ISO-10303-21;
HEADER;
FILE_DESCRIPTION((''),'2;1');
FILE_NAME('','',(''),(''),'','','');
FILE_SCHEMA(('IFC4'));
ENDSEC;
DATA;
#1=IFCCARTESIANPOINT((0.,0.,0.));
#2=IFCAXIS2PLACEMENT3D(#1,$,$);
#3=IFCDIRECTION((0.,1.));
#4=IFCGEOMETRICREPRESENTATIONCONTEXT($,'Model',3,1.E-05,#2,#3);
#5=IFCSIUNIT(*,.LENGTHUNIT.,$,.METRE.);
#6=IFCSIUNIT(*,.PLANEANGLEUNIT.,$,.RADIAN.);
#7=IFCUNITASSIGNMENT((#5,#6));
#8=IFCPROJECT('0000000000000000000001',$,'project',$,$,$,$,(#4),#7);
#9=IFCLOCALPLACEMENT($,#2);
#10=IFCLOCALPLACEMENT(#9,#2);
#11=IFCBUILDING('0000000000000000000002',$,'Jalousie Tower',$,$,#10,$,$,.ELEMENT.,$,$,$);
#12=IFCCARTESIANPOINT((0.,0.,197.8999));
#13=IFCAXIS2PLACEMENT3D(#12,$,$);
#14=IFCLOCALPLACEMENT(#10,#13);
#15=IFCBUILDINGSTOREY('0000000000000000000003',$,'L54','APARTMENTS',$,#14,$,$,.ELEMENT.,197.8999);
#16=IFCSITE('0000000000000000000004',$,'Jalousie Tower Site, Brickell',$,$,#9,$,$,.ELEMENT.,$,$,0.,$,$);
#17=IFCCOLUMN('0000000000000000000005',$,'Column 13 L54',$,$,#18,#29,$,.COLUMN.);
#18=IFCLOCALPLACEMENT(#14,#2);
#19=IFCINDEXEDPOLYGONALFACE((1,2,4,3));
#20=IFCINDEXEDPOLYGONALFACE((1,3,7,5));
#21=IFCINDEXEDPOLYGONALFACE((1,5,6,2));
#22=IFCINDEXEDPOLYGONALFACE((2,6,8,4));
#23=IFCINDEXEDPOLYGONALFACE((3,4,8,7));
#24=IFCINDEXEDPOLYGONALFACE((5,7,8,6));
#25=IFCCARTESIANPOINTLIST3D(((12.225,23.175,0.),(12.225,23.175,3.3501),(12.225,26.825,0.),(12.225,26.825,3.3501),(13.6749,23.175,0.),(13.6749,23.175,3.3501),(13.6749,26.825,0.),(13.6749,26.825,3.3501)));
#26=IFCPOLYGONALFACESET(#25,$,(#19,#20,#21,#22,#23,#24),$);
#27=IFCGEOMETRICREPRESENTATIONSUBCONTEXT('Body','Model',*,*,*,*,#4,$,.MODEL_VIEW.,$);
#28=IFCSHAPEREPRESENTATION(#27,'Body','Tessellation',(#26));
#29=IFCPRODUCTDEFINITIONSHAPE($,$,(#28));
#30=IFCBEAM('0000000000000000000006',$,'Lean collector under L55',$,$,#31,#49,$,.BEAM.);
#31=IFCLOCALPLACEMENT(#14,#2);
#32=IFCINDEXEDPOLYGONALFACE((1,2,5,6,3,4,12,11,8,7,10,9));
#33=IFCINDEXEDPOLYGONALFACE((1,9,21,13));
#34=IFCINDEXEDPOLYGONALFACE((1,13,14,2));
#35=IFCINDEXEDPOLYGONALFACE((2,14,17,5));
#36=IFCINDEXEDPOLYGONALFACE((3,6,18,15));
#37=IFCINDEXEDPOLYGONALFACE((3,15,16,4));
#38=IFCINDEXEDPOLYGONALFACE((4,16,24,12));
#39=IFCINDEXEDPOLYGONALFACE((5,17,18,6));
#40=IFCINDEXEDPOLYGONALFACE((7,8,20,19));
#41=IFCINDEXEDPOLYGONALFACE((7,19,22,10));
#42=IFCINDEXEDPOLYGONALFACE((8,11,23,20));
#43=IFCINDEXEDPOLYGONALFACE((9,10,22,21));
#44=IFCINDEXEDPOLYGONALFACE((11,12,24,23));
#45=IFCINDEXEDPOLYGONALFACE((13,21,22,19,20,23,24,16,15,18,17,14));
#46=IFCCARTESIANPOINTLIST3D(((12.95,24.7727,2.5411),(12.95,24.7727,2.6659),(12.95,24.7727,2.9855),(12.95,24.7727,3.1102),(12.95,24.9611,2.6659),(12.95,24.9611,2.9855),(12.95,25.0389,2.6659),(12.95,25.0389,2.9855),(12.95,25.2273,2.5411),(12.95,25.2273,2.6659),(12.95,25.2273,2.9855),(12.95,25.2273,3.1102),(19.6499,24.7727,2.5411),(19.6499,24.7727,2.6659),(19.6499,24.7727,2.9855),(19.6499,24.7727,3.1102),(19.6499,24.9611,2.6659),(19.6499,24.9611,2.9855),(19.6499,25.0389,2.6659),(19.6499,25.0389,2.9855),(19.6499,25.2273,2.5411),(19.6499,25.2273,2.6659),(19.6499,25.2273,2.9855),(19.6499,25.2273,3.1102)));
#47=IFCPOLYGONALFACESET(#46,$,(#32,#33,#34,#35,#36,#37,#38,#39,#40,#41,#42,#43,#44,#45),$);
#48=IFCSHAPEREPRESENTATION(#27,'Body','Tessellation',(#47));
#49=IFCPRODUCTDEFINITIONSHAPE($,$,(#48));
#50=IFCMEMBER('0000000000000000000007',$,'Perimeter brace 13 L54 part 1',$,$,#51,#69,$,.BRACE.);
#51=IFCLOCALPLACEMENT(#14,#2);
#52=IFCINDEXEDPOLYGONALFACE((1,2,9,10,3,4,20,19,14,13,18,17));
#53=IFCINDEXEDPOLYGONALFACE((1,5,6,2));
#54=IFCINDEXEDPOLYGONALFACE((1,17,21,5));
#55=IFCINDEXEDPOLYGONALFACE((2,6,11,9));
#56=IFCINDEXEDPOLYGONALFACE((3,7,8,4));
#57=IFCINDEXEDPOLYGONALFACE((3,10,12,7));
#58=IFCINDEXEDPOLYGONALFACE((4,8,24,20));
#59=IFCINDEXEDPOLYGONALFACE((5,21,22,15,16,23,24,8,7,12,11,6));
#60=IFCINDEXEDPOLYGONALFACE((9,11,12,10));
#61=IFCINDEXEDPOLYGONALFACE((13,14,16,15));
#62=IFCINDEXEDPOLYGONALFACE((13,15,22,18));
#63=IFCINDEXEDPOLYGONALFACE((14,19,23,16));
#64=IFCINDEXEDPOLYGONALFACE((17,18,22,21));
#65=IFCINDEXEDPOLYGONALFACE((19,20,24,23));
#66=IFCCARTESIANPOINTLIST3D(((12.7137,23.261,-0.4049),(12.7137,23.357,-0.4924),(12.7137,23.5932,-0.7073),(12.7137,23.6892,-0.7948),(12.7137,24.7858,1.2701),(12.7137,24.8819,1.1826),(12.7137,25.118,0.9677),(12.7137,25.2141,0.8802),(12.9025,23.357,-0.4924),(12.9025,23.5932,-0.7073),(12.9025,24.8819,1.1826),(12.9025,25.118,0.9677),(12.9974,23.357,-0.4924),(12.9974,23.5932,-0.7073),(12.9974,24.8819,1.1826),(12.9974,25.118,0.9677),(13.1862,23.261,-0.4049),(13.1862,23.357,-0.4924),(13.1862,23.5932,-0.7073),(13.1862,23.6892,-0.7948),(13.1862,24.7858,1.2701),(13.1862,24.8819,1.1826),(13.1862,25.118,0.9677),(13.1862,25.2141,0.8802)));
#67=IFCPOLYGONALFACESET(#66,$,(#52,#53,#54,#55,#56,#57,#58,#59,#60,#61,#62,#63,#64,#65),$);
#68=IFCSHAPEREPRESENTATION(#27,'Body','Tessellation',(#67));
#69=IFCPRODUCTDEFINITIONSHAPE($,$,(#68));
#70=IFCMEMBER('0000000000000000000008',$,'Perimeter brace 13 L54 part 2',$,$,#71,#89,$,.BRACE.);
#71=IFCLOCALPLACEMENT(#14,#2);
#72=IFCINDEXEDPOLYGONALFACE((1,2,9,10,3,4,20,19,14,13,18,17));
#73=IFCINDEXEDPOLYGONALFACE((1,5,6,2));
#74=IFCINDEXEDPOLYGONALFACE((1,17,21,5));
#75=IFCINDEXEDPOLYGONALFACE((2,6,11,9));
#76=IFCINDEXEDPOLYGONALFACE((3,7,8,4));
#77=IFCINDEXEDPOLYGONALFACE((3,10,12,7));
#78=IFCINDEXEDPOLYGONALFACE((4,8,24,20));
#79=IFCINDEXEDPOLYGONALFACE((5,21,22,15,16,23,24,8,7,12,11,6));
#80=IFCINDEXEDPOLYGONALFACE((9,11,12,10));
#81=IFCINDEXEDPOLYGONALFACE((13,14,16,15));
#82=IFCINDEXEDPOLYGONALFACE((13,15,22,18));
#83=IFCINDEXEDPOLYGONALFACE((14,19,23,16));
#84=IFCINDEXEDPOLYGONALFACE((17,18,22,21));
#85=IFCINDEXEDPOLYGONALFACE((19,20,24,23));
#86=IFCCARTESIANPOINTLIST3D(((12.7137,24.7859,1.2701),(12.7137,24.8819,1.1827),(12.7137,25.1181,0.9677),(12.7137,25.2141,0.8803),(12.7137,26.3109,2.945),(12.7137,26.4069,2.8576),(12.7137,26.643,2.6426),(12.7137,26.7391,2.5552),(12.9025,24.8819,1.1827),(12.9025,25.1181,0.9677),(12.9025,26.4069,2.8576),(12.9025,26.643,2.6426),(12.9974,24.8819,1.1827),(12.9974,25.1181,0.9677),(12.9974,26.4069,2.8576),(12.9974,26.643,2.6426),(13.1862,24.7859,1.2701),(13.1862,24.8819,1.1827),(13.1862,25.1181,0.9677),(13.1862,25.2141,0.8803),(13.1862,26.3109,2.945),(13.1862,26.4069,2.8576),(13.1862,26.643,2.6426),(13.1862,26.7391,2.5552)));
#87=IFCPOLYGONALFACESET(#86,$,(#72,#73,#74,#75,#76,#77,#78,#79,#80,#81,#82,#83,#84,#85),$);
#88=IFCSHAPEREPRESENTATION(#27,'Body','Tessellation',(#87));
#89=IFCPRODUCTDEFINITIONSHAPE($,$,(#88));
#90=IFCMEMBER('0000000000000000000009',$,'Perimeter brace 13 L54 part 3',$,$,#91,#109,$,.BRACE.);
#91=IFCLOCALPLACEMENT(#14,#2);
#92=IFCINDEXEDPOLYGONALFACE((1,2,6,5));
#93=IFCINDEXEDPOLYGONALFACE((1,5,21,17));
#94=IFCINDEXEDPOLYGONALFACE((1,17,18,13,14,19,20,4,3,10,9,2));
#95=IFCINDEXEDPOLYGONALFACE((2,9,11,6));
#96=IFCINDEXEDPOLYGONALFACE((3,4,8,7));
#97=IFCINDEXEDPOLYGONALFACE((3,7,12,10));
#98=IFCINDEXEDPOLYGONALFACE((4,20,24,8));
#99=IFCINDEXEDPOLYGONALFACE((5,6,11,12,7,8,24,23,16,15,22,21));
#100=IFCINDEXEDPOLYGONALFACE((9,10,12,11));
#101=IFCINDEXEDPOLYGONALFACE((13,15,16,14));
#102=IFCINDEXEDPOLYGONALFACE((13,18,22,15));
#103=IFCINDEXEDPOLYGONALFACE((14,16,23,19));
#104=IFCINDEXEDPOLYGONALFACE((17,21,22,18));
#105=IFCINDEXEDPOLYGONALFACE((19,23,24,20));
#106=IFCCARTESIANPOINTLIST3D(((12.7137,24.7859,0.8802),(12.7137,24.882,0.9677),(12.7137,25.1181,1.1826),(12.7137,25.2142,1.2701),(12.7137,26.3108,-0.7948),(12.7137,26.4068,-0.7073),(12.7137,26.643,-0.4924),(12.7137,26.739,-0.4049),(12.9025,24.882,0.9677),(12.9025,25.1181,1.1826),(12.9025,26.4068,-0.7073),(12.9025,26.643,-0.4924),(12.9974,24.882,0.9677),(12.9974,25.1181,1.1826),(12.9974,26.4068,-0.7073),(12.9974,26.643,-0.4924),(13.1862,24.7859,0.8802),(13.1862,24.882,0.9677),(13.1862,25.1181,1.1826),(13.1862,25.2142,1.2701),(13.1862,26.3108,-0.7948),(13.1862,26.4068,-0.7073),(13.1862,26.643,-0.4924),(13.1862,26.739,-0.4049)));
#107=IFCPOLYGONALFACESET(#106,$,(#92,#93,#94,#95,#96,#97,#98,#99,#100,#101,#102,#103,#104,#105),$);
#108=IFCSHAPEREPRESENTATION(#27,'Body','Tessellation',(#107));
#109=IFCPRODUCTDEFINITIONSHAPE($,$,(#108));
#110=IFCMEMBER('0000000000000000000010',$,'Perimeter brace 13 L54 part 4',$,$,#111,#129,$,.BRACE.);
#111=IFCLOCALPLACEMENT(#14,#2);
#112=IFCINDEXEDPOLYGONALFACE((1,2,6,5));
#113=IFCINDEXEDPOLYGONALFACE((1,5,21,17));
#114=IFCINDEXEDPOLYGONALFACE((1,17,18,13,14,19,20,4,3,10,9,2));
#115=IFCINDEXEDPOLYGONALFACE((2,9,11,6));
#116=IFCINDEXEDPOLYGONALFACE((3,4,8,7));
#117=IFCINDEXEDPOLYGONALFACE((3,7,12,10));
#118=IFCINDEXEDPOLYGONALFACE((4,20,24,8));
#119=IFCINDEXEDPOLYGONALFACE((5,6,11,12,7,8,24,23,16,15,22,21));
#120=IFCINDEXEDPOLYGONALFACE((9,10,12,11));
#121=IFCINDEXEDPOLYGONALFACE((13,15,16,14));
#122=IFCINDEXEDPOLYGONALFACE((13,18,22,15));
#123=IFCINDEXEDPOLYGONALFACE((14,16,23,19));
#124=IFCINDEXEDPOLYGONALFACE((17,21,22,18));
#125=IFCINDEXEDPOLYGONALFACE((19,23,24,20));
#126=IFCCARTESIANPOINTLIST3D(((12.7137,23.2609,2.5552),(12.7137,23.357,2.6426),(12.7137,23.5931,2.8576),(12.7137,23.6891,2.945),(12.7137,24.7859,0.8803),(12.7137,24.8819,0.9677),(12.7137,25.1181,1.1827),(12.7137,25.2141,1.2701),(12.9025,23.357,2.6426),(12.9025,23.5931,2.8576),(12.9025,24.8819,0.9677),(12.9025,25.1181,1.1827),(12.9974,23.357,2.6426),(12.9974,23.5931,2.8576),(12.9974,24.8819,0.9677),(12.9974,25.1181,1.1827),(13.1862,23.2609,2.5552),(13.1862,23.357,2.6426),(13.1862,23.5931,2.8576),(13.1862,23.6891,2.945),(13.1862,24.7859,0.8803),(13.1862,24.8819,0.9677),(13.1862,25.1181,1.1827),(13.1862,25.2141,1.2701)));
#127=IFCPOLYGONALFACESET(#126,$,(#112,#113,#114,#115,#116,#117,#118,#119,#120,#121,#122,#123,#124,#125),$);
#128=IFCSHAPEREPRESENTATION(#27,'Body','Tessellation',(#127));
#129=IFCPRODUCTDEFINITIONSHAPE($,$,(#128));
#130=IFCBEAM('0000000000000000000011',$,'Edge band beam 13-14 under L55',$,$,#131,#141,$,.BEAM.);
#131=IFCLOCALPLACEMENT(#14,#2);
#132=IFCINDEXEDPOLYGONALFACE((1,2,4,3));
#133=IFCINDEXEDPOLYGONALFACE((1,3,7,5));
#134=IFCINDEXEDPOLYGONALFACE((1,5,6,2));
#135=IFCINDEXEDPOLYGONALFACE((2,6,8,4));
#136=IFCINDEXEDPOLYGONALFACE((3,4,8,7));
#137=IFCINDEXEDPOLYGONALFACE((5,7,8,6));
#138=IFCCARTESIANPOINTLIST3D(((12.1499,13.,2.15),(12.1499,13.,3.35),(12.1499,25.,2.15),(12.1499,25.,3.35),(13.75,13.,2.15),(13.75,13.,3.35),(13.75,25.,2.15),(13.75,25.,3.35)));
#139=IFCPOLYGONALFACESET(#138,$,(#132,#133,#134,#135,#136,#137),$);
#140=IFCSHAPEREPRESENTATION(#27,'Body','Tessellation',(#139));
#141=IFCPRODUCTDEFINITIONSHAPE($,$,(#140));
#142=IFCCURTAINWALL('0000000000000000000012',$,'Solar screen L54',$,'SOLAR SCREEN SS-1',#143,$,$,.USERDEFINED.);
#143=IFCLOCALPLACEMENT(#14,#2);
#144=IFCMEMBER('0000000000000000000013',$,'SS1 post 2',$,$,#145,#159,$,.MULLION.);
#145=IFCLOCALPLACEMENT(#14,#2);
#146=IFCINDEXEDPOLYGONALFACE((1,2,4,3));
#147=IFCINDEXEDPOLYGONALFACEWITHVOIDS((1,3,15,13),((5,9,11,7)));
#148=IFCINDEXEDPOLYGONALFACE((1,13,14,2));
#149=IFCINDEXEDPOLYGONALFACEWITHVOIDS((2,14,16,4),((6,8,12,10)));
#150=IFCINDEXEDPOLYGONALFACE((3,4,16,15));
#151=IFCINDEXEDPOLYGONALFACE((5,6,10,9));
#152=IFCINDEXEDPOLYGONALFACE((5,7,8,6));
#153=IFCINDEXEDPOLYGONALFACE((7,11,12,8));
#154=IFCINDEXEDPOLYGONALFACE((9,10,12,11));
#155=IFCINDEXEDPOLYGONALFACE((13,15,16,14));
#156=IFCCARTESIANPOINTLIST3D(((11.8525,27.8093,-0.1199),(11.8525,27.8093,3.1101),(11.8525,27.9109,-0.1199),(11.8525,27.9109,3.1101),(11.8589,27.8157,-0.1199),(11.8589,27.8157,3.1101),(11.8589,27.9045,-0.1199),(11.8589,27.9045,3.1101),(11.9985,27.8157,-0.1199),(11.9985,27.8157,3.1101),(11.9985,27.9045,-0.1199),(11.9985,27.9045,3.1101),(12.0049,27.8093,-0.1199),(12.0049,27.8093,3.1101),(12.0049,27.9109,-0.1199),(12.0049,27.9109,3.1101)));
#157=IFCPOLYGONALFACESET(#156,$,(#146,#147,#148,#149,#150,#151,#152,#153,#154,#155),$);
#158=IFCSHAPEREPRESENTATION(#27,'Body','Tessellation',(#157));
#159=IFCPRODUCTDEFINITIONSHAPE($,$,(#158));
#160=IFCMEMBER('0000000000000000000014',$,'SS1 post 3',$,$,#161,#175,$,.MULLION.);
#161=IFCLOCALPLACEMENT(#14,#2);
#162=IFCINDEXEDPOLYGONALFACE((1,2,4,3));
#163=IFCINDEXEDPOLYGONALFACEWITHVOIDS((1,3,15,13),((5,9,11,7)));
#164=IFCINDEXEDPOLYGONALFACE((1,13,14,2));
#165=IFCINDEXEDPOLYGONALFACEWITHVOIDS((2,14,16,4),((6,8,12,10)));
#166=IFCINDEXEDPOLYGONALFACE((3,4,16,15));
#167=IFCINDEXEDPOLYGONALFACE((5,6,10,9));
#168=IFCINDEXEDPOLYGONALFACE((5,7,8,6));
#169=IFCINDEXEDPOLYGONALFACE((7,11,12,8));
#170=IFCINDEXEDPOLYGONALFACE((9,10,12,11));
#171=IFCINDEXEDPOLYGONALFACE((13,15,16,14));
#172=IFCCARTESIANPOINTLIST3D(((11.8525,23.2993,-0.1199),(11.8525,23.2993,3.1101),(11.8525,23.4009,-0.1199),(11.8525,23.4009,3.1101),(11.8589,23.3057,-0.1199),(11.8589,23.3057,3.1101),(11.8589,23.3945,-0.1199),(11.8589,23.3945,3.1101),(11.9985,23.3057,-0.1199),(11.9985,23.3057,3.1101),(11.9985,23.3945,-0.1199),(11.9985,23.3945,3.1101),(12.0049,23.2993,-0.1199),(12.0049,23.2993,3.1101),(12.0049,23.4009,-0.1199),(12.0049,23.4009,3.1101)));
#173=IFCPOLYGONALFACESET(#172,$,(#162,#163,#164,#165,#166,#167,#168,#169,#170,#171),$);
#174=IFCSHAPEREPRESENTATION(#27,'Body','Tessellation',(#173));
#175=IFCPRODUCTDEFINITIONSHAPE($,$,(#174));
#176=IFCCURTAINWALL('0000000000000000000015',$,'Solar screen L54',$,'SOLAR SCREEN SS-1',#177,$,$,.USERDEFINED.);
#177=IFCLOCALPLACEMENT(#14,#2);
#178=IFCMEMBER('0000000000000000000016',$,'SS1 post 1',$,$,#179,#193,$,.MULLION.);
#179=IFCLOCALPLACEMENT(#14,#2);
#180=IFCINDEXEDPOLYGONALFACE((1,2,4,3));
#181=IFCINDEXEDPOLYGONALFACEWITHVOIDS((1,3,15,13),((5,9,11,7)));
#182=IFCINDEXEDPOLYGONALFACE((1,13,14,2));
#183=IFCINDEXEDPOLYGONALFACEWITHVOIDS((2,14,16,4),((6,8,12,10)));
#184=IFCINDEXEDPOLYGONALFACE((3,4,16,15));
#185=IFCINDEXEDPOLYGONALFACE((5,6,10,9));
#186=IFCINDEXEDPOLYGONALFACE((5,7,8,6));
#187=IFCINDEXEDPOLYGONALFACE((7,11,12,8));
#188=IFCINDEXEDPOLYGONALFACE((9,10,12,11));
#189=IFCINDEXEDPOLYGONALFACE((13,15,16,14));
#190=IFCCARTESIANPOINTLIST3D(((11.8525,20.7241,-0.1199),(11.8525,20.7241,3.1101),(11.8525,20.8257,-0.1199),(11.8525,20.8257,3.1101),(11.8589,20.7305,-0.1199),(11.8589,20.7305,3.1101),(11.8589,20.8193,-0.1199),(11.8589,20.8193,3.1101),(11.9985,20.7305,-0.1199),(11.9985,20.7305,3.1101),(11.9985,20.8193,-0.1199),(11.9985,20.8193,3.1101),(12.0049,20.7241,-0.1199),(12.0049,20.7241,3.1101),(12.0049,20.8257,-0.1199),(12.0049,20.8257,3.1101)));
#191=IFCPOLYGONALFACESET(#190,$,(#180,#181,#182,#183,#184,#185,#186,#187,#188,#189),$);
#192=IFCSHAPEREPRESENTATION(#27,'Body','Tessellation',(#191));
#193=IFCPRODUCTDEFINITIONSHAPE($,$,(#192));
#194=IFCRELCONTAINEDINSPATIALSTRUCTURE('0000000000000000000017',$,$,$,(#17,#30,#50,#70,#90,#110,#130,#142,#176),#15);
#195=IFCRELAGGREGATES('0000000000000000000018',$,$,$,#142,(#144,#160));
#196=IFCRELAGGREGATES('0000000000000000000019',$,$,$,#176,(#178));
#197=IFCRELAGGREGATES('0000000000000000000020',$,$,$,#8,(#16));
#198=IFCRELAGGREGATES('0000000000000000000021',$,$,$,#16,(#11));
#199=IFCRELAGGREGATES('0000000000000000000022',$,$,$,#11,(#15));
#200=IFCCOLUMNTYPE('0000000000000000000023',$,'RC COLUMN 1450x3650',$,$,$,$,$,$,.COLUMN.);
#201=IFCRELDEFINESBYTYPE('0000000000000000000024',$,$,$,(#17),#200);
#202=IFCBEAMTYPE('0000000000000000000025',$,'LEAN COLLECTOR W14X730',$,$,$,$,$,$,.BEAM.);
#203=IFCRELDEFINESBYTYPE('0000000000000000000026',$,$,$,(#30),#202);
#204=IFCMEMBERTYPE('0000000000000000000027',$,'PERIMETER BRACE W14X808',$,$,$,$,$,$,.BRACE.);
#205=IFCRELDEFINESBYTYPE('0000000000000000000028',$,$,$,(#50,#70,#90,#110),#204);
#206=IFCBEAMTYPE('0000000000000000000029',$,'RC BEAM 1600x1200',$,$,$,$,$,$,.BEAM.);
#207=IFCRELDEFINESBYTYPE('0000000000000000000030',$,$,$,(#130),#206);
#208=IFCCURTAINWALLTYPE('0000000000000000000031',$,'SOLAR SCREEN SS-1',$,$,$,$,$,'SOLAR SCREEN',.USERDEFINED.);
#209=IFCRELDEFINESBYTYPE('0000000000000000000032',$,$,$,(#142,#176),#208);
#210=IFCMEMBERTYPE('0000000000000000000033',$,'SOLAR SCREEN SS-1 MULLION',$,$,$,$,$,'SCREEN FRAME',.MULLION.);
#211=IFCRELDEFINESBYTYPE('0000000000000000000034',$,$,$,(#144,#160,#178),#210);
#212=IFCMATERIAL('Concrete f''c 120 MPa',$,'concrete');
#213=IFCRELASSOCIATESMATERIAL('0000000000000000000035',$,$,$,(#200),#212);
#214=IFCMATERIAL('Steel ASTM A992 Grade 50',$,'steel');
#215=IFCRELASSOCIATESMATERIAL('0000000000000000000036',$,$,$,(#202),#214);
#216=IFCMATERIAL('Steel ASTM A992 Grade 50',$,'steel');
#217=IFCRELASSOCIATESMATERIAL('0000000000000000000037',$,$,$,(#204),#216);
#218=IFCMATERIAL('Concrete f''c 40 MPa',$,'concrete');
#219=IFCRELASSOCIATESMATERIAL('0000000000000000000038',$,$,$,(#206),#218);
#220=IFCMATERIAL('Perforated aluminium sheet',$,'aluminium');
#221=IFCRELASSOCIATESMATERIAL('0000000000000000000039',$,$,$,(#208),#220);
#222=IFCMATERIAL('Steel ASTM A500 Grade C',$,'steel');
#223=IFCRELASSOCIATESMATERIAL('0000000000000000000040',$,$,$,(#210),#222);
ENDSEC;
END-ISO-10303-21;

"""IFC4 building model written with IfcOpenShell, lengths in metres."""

from ifc_helpers import new_model, si_unit, direction, frame, origin, origin_2d, place, context, subcontext, project, spatial, rectangle, hollow_rectangle, i_section, extrude, material, material_profile, profile_set, type_object, element, aggregate, save


model = new_model("IFC4")

# Units and contexts
model_context = context("Model", 3, precision=1e-05, world=origin(), true_north=direction((0.0, 1.0)))
body_context = subcontext(model_context, "Body", "Model", "MODEL_VIEW")
ifc_project = project(units=[si_unit("LENGTHUNIT", "METRE"), si_unit("PLANEANGLEUNIT", "RADIAN")], contexts=[model_context])

# Site, building, storey
site_placement = place(None, origin())
site = spatial("IfcSite", under=ifc_project, at=site_placement, Name="Jalousie Tower Site, Brickell", CompositionType="ELEMENT", RefElevation=0.0)
building_placement = place(site_placement, origin())
building = spatial("IfcBuilding", under=site, at=building_placement, Name="Jalousie Tower", CompositionType="ELEMENT")
storey_placement = place(building_placement, frame((0.0, 0.0, 197.8999)))
storey = spatial("IfcBuildingStorey", under=building, at=storey_placement, Name="L54", Description="APARTMENTS", CompositionType="ELEMENT", Elevation=197.8999)

# Column
ifc_material_1 = material(Name="Concrete f'c 120 MPa", Category="concrete")
ifc_material_profile_1 = material_profile(ifc_material_1, rectangle(XDim=1.45, YDim=3.6499, at=origin_2d()), Name="RC 1450x3650")
ifc_profile_set_1 = profile_set([ifc_material_profile_1], Name="Concrete f'c 120 MPa")
column_type = type_object("IfcColumnType", Name="RC COLUMN 1450x3650", PredefinedType="COLUMN", material=ifc_profile_set_1)
column_placement = place(storey_placement, frame((12.95, 25.0, 0.0), z_axis=(0.0, 0.0, 1.0), x_axis=(1.0, 0.0, 0.0)))
element("IfcColumn", 1, at=column_placement, inside=storey, type_object=column_type, Name="Column 13 L54", PredefinedType="COLUMN", context=body_context, shape_type="SweptSolid", body=[
    extrude(rectangle(XDim=1.45, YDim=3.6499, at=origin_2d()), origin(), (0.0, 0.0, 1.0), 3.3501),
])

# Beam
ifc_material_2 = material(Name="Steel ASTM A992 Grade 50", Category="steel")
ifc_material_profile_2 = material_profile(ifc_material_2, i_section(OverallWidth=0.4546, OverallDepth=0.5691, WebThickness=0.0779, FlangeThickness=0.1248, at=origin_2d()), Name="W14X730")
ifc_profile_set_2 = profile_set([ifc_material_profile_2], Name="Steel ASTM A992 Grade 50")
beam_type_1 = type_object("IfcBeamType", Name="LEAN COLLECTOR W14X730", PredefinedType="BEAM", material=ifc_profile_set_2)
beam_1_placement = place(storey_placement, frame((12.95, 25.0, 2.8257), z_axis=(1.0, 0.0, 0.0), x_axis=(0.0, 1.0, 0.0)))
element("IfcBeam", 2, at=beam_1_placement, inside=storey, type_object=beam_type_1, Name="Lean collector under L55", PredefinedType="BEAM", context=body_context, shape_type="SweptSolid", body=[
    extrude(i_section(OverallWidth=0.4546, OverallDepth=0.5691, WebThickness=0.0779, FlangeThickness=0.1248, at=origin_2d()), origin(), (0.0, 0.0, 1.0), 6.7),
])

# Members
ifc_material_3 = material(Name="Steel ASTM A992 Grade 50", Category="steel")
ifc_material_profile_3 = material_profile(ifc_material_3, i_section(OverallWidth=0.4724, OverallDepth=0.5791, WebThickness=0.095, FlangeThickness=0.1299, at=origin_2d()), Name="W14X808")
ifc_profile_set_3 = profile_set([ifc_material_profile_3], Name="Steel ASTM A992 Grade 50")
member_type_1 = type_object("IfcMemberType", Name="PERIMETER BRACE W14X808", PredefinedType="BRACE", material=ifc_profile_set_3)
for number, where, z_axis, x_axis, name in (
    (3, (12.95, 23.4751, -0.5999), (0.0, 0.673188, 0.739472), (-1.0, 0.0, 0.0), "Perimeter brace 13 L54 part 1"),
    (4, (12.95, 25.0, 1.0752), (0.0, 0.673241, 0.739423), (-1.0, 0.0, 0.0), "Perimeter brace 13 L54 part 2"),
    (5, (12.95, 26.5249, -0.5999), (0.0, -0.673188, 0.739472), (1.0, 0.0, 0.0), "Perimeter brace 13 L54 part 3"),
    (6, (12.95, 25.0, 1.0752), (0.0, -0.673241, 0.739423), (1.0, 0.0, 0.0), "Perimeter brace 13 L54 part 4"),
):
    element("IfcMember", number, at=place(storey_placement, frame(where, z_axis=z_axis, x_axis=x_axis)), inside=storey, type_object=member_type_1, Name=name, PredefinedType="BRACE", context=body_context, shape_type="SweptSolid", body=[
        extrude(i_section(OverallWidth=0.4724, OverallDepth=0.5791, WebThickness=0.095, FlangeThickness=0.1299, at=origin_2d()), origin(), (0.0, 0.0, 1.0), 2.2651),
    ])

# Beam
ifc_material_4 = material(Name="Concrete f'c 40 MPa", Category="concrete")
ifc_material_profile_4 = material_profile(ifc_material_4, rectangle(XDim=1.6001, YDim=1.2, at=origin_2d()), Name="RC 1600x1200")
ifc_profile_set_4 = profile_set([ifc_material_profile_4], Name="Concrete f'c 40 MPa")
beam_type_2 = type_object("IfcBeamType", Name="RC BEAM 1600x1200", PredefinedType="BEAM", material=ifc_profile_set_4)
beam_2_placement = place(storey_placement, frame((12.95, 25.0, 2.75), z_axis=(0.0, -1.0, 0.0), x_axis=(1.0, 0.0, 0.0)))
element("IfcBeam", 7, at=beam_2_placement, inside=storey, type_object=beam_type_2, Name="Edge band beam 13-14 under L55", PredefinedType="BEAM", context=body_context, shape_type="SweptSolid", body=[
    extrude(rectangle(XDim=1.6001, YDim=1.2, at=origin_2d()), origin(), (0.0, 0.0, 1.0), 12.0),
])

# Curtain walls, members
ifc_material_5 = material(Name="Perforated aluminium sheet", Category="aluminium")
curtain_wall_type = type_object("IfcCurtainWallType", Name="SOLAR SCREEN SS-1", ElementType="SOLAR SCREEN", PredefinedType="USERDEFINED", material=ifc_material_5)
curtain_wall_1_placement = place(storey_placement, origin())
curtain_wall_1 = element("IfcCurtainWall", 8, at=curtain_wall_1_placement, inside=storey, type_object=curtain_wall_type, Name="Solar screen L54", ObjectType="SOLAR SCREEN SS-1", PredefinedType="USERDEFINED")
ifc_material_6 = material(Name="Steel ASTM A500 Grade C", Category="steel")
ifc_material_profile_5 = material_profile(ifc_material_6, hollow_rectangle(XDim=0.1016, YDim=0.1523, WallThickness=0.0063, at=origin_2d()), Name="HSS6X4X1/4")
ifc_profile_set_5 = profile_set([ifc_material_profile_5], Name="Steel ASTM A500 Grade C")
member_type_2 = type_object("IfcMemberType", Name="SOLAR SCREEN SS-1 MULLION", ElementType="SCREEN FRAME", PredefinedType="MULLION", material=ifc_profile_set_5)
member_1_placement = place(storey_placement, frame((11.9287, 27.8601, -0.1199), z_axis=(0.0, 0.0, 1.0), x_axis=(0.0, -1.0, 0.0)))
member_1 = element("IfcMember", 9, at=member_1_placement, type_object=member_type_2, Name="SS1 post 2", PredefinedType="MULLION", context=body_context, shape_type="SweptSolid", body=[
    extrude(hollow_rectangle(XDim=0.1016, YDim=0.1523, WallThickness=0.0063, at=origin_2d()), origin(), (0.0, 0.0, 1.0), 3.23),
])
member_2_placement = place(storey_placement, frame((11.9287, 23.3501, -0.1199), z_axis=(0.0, 0.0, 1.0), x_axis=(0.0, -1.0, 0.0)))
member_2 = element("IfcMember", 10, at=member_2_placement, type_object=member_type_2, Name="SS1 post 3", PredefinedType="MULLION", context=body_context, shape_type="SweptSolid", body=[
    extrude(hollow_rectangle(XDim=0.1016, YDim=0.1523, WallThickness=0.0063, at=origin_2d()), origin(), (0.0, 0.0, 1.0), 3.23),
])
curtain_wall_2_placement = place(storey_placement, origin())
curtain_wall_2 = element("IfcCurtainWall", 11, at=curtain_wall_2_placement, inside=storey, type_object=curtain_wall_type, Name="Solar screen L54", ObjectType="SOLAR SCREEN SS-1", PredefinedType="USERDEFINED")
member_3_placement = place(storey_placement, frame((11.9287, 20.7749, -0.1199), z_axis=(0.0, 0.0, 1.0), x_axis=(0.0, -1.0, 0.0)))
member_3 = element("IfcMember", 12, at=member_3_placement, type_object=member_type_2, Name="SS1 post 1", PredefinedType="MULLION", context=body_context, shape_type="SweptSolid", body=[
    extrude(hollow_rectangle(XDim=0.1016, YDim=0.1523, WallThickness=0.0063, at=origin_2d()), origin(), (0.0, 0.0, 1.0), 3.23),
])

aggregate(curtain_wall_1, [member_1, member_2])
aggregate(curtain_wall_2, [member_3])

save(model, "model.ifc")
